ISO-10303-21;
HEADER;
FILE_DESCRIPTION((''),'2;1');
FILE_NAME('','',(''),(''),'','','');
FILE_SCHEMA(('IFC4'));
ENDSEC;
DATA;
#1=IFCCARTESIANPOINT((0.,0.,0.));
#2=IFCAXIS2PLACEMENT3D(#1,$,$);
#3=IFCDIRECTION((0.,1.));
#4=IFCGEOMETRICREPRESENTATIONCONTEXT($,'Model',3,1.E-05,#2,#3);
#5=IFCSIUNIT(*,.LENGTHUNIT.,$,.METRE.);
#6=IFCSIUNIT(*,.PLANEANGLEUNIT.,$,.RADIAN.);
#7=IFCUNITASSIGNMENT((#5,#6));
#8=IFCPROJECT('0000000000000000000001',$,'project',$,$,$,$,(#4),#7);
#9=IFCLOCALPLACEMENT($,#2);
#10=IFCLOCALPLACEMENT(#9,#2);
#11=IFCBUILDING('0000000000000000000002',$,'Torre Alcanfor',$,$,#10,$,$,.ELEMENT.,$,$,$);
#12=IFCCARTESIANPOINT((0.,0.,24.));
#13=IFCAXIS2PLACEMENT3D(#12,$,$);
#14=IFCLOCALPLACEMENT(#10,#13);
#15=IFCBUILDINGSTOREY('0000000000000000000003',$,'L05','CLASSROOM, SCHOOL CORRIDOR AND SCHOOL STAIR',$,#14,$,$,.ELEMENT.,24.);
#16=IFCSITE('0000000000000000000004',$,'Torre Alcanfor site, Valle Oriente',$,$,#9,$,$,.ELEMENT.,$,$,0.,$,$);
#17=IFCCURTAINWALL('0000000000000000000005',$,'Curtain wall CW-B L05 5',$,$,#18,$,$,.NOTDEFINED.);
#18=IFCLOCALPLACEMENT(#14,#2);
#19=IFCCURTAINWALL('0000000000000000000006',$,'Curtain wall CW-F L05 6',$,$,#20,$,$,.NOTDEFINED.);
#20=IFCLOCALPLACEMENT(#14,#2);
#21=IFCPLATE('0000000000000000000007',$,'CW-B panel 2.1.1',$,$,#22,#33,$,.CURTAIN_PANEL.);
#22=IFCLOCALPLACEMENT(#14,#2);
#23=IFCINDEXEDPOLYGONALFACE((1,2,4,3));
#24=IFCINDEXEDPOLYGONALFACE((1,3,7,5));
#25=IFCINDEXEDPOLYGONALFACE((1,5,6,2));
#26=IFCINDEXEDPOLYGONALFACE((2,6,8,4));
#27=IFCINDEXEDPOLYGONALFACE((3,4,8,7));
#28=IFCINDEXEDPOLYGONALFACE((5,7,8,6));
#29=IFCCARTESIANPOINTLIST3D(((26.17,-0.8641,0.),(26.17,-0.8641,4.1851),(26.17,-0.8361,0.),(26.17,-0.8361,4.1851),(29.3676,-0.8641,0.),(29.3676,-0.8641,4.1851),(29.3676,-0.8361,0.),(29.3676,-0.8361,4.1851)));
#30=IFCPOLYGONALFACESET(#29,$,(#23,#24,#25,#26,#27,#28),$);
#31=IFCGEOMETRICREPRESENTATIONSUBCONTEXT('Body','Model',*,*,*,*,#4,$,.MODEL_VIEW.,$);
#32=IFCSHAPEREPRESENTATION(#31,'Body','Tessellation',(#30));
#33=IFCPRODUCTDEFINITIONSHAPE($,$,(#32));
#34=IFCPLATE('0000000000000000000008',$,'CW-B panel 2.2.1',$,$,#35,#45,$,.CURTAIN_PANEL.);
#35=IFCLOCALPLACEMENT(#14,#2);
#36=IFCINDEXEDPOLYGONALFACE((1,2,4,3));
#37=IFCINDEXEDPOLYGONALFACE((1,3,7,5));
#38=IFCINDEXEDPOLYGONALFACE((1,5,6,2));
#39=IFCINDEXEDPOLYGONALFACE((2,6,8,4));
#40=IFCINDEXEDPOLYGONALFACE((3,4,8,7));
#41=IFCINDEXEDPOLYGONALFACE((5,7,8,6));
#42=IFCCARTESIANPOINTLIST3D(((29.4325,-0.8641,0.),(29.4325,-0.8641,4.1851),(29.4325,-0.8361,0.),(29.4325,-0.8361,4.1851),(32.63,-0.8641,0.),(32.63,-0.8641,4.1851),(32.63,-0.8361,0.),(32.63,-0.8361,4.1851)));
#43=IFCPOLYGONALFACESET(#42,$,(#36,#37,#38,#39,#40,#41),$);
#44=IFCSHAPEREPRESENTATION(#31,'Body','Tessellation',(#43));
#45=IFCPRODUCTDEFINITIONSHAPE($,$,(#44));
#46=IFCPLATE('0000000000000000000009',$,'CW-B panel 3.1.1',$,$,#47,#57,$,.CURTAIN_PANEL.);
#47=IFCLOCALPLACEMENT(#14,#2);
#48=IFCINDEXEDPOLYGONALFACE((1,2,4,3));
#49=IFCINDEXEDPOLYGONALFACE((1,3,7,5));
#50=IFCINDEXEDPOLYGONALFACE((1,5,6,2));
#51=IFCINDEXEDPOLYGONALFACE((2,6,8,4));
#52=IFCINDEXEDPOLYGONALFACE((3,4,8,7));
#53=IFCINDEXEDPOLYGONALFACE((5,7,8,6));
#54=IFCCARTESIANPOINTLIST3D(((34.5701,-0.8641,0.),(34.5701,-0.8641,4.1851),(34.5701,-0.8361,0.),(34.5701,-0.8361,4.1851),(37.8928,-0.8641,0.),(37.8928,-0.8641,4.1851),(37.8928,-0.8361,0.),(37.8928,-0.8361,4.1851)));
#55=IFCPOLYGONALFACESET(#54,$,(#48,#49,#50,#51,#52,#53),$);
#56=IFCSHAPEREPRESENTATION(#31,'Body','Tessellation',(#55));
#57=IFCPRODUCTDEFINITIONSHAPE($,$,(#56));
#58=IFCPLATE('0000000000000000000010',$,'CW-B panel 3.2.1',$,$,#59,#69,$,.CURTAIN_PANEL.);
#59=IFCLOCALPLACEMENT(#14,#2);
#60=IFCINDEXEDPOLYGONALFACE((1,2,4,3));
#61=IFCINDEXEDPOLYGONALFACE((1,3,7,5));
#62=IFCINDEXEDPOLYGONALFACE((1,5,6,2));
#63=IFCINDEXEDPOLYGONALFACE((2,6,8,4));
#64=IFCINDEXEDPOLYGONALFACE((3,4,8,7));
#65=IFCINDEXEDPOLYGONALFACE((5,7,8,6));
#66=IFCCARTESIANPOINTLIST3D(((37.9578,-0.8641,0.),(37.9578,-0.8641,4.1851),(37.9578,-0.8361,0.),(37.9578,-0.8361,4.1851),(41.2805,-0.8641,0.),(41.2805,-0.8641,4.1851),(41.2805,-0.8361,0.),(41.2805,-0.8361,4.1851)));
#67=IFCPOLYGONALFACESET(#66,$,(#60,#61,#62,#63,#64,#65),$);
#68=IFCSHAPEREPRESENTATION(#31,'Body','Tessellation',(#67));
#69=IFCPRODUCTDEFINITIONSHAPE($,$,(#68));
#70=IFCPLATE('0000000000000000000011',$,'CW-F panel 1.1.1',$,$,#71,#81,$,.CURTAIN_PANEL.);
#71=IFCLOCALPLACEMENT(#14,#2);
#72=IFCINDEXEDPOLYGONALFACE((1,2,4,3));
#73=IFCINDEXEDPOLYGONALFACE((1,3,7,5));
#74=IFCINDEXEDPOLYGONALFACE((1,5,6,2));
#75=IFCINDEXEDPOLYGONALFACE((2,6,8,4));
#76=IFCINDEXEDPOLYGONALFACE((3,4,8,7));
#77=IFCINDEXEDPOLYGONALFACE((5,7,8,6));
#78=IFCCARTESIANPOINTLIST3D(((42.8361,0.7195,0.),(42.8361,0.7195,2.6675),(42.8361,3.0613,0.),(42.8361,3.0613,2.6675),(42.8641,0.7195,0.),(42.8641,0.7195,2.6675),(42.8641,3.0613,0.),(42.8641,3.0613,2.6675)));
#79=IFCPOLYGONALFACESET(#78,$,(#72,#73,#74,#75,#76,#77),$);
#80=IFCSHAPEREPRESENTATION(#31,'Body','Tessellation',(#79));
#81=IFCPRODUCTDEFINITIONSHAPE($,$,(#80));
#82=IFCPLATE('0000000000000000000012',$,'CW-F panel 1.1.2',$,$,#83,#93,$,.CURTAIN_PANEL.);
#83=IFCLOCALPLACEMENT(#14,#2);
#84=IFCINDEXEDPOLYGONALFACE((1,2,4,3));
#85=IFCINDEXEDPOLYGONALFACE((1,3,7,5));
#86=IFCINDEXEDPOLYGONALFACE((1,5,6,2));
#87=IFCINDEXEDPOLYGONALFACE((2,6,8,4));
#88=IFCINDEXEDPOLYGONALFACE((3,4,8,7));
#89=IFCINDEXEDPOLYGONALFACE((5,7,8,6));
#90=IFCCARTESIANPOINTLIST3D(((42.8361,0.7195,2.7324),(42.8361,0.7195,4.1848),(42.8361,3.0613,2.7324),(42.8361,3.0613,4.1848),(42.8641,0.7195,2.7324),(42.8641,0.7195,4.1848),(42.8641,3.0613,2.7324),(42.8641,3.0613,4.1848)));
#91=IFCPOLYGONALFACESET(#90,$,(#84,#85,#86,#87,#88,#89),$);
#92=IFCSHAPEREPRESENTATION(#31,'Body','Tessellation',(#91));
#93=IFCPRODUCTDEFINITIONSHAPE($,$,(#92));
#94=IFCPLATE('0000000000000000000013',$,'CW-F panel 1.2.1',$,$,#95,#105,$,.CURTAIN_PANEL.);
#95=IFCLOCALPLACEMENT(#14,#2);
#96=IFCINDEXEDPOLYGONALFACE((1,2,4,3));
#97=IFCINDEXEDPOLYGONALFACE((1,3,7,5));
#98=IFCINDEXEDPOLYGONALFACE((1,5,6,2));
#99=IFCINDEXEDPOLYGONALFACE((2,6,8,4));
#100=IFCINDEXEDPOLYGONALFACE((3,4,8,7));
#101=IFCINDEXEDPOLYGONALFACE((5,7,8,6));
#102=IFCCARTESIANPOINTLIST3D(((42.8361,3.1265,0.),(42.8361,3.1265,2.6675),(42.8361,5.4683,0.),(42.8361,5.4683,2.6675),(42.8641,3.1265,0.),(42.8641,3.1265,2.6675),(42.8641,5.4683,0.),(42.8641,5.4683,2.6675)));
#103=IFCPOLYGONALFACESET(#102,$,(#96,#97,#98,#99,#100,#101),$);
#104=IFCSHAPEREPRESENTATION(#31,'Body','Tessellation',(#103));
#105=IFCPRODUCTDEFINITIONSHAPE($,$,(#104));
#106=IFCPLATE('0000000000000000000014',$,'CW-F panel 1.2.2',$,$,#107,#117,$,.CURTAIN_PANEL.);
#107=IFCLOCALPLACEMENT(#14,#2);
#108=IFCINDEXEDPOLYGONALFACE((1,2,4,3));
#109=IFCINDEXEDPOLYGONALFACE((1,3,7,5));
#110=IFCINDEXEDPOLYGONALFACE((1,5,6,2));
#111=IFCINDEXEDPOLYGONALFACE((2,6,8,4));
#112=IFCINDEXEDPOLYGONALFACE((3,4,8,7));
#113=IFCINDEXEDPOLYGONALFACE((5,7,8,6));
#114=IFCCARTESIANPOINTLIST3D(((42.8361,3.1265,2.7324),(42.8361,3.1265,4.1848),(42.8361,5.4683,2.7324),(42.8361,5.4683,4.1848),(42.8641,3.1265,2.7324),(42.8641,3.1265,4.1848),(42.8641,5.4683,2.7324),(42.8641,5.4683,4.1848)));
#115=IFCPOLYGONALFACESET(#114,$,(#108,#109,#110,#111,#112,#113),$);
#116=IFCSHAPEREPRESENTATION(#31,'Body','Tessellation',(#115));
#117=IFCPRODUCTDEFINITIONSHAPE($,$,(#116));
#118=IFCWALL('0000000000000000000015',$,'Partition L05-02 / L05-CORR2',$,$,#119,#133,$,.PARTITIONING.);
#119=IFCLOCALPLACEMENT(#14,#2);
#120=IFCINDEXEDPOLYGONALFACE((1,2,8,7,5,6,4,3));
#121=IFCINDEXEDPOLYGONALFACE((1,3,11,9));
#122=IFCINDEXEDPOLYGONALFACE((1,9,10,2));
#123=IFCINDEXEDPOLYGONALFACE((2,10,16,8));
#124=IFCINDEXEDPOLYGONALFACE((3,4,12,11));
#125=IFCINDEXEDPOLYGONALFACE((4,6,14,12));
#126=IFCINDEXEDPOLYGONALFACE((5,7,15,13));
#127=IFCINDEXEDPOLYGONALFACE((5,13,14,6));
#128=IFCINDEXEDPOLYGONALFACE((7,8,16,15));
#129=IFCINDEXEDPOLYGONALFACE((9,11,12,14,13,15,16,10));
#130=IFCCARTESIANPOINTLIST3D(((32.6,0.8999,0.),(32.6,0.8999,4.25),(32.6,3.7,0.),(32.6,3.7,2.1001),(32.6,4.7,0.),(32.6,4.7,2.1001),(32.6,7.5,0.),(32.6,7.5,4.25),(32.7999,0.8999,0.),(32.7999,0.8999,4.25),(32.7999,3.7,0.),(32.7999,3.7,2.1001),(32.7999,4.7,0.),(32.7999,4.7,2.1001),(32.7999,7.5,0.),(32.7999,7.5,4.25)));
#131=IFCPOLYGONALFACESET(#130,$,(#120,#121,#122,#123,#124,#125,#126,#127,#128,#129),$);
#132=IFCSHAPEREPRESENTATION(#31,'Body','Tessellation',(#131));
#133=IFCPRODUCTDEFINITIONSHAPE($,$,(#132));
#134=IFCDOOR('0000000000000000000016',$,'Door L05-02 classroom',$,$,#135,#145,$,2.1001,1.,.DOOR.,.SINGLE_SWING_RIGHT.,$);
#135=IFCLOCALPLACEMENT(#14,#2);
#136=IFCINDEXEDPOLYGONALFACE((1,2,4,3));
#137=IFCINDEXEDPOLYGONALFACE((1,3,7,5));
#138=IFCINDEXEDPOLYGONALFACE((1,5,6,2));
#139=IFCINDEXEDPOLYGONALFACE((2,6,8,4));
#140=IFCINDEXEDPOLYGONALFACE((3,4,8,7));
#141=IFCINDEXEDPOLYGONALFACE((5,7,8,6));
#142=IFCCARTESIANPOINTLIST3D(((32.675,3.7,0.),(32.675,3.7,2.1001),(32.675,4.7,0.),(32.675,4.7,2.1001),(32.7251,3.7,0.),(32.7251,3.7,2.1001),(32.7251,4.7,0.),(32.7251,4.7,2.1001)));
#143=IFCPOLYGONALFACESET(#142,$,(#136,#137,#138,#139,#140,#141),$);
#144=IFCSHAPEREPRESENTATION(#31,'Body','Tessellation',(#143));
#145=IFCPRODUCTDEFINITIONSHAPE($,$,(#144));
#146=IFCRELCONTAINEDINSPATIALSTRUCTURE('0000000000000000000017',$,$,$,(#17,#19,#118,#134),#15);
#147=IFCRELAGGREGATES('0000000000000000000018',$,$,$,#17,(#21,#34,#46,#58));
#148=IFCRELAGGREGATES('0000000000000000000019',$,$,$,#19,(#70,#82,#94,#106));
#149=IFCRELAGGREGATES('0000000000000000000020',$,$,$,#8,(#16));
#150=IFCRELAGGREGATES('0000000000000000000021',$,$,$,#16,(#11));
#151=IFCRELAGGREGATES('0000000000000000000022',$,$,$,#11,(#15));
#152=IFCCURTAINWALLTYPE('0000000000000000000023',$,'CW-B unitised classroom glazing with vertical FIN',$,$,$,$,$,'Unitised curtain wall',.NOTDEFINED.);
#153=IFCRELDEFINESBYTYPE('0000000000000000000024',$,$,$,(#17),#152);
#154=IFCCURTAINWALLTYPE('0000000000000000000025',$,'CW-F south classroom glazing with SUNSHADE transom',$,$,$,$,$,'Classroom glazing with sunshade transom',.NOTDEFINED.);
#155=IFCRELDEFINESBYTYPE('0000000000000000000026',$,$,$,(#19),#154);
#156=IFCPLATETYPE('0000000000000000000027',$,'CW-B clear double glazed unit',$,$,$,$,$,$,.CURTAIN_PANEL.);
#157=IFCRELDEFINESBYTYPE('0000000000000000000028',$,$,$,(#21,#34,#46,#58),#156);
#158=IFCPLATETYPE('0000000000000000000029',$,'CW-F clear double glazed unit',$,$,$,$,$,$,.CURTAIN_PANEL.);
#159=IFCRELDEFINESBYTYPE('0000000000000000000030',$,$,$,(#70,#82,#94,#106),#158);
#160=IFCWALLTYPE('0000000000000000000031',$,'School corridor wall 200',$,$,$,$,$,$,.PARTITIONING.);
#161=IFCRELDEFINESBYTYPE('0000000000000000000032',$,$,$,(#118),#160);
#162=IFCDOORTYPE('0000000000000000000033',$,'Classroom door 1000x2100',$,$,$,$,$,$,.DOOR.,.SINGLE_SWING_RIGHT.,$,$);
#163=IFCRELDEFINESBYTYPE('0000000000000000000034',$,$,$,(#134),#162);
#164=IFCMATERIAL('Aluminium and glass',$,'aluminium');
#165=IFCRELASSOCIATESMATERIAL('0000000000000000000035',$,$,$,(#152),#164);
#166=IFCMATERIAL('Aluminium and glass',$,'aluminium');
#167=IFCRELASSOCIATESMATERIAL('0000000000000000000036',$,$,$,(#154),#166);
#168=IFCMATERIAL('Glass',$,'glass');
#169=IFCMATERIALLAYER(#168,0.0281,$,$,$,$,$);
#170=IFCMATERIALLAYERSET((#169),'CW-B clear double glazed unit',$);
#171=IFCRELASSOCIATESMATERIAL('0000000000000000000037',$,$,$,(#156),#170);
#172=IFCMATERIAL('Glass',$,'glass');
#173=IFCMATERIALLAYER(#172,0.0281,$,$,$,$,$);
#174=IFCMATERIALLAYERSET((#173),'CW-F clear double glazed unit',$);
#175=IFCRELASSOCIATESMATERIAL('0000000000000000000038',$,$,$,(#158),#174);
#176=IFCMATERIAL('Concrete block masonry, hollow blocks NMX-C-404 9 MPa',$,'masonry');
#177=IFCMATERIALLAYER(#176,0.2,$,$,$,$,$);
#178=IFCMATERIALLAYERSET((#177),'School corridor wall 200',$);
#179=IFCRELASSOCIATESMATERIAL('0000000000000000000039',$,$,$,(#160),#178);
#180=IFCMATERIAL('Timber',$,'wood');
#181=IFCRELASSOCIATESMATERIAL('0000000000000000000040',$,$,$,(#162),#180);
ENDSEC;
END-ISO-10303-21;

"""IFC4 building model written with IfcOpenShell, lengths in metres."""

from ifc_helpers import new_model, si_unit, direction, frame, frame_2d, origin, origin_2d, place, context, subcontext, project, spatial, rectangle, extrude, material, layer, layer_set, type_object, element, fill, aggregate, save


model = new_model("IFC4")

# Units and contexts
model_context = context("Model", 3, precision=1e-05, world=origin(), true_north=direction((0.0, 1.0)))
body_context = subcontext(model_context, "Body", "Model", "MODEL_VIEW")
ifc_project = project(units=[si_unit("LENGTHUNIT", "METRE"), si_unit("PLANEANGLEUNIT", "RADIAN")], contexts=[model_context])

# Site, building, storey
site_placement = place(None, origin())
site = spatial("IfcSite", under=ifc_project, at=site_placement, Name="Torre Alcanfor site, Valle Oriente", CompositionType="ELEMENT", RefElevation=0.0)
building_placement = place(site_placement, origin())
building = spatial("IfcBuilding", under=site, at=building_placement, Name="Torre Alcanfor", CompositionType="ELEMENT")
storey_placement = place(building_placement, frame((0.0, 0.0, 24.0)))
storey = spatial("IfcBuildingStorey", under=building, at=storey_placement, Name="L05", Description="CLASSROOM, SCHOOL CORRIDOR AND SCHOOL STAIR", CompositionType="ELEMENT", Elevation=24.0)

# Curtain walls
ifc_material_1 = material(Name="Aluminium and glass", Category="aluminium")
curtain_wall_type_1 = type_object("IfcCurtainWallType", Name="CW-B unitised classroom glazing with vertical FIN", ElementType="Unitised curtain wall", PredefinedType="NOTDEFINED", material=ifc_material_1)
curtain_wall_1_placement = place(storey_placement, origin())
curtain_wall_1 = element("IfcCurtainWall", 1, at=curtain_wall_1_placement, inside=storey, type_object=curtain_wall_type_1, Name="Curtain wall CW-B L05 5", PredefinedType="NOTDEFINED")
ifc_material_2 = material(Name="Aluminium and glass", Category="aluminium")
curtain_wall_type_2 = type_object("IfcCurtainWallType", Name="CW-F south classroom glazing with SUNSHADE transom", ElementType="Classroom glazing with sunshade transom", PredefinedType="NOTDEFINED", material=ifc_material_2)
curtain_wall_2_placement = place(storey_placement, origin())
curtain_wall_2 = element("IfcCurtainWall", 2, at=curtain_wall_2_placement, inside=storey, type_object=curtain_wall_type_2, Name="Curtain wall CW-F L05 6", PredefinedType="NOTDEFINED")

# Plates
ifc_material_3 = material(Name="Glass", Category="glass")
ifc_layer_1 = layer(ifc_material_3, 0.0281)
ifc_layer_set_1 = layer_set([ifc_layer_1], Name="CW-B clear double glazed unit")
plate_type_1 = type_object("IfcPlateType", Name="CW-B clear double glazed unit", PredefinedType="CURTAIN_PANEL", material=ifc_layer_set_1)
plate_1_placement = place(storey_placement, frame((27.7688, -0.8501, 0.0), z_axis=(0.0, 0.0, 1.0), x_axis=(1.0, 0.0, 0.0)))
plate_1 = element("IfcPlate", 3, at=plate_1_placement, type_object=plate_type_1, Name="CW-B panel 2.1.1", PredefinedType="CURTAIN_PANEL", context=body_context, shape_type="SweptSolid", body=[
    extrude(rectangle(XDim=3.1975, YDim=0.0281, at=origin_2d()), origin(), (0.0, 0.0, 1.0), 4.1851),
])
plate_2_placement = place(storey_placement, frame((31.0312, -0.8501, 0.0), z_axis=(0.0, 0.0, 1.0), x_axis=(1.0, 0.0, 0.0)))
plate_2 = element("IfcPlate", 4, at=plate_2_placement, type_object=plate_type_1, Name="CW-B panel 2.2.1", PredefinedType="CURTAIN_PANEL", context=body_context, shape_type="SweptSolid", body=[
    extrude(rectangle(XDim=3.1975, YDim=0.0281, at=origin_2d()), origin(), (0.0, 0.0, 1.0), 4.1851),
])
plate_3_placement = place(storey_placement, frame((36.2314, -0.8501, 0.0), z_axis=(0.0, 0.0, 1.0), x_axis=(1.0, 0.0, 0.0)))
plate_3 = element("IfcPlate", 5, at=plate_3_placement, type_object=plate_type_1, Name="CW-B panel 3.1.1", PredefinedType="CURTAIN_PANEL", context=body_context, shape_type="SweptSolid", body=[
    extrude(rectangle(XDim=3.3228, YDim=0.0281, at=origin_2d()), origin(), (0.0, 0.0, 1.0), 4.1851),
])
plate_4_placement = place(storey_placement, frame((39.6191, -0.8501, 0.0), z_axis=(0.0, 0.0, 1.0), x_axis=(1.0, 0.0, 0.0)))
plate_4 = element("IfcPlate", 6, at=plate_4_placement, type_object=plate_type_1, Name="CW-B panel 3.2.1", PredefinedType="CURTAIN_PANEL", context=body_context, shape_type="SweptSolid", body=[
    extrude(rectangle(XDim=3.3228, YDim=0.0281, at=origin_2d()), origin(), (0.0, 0.0, 1.0), 4.1851),
])
aggregate(curtain_wall_1, [plate_1, plate_2, plate_3, plate_4])
ifc_material_4 = material(Name="Glass", Category="glass")
ifc_layer_2 = layer(ifc_material_4, 0.0281)
ifc_layer_set_2 = layer_set([ifc_layer_2], Name="CW-F clear double glazed unit")
plate_type_2 = type_object("IfcPlateType", Name="CW-F clear double glazed unit", PredefinedType="CURTAIN_PANEL", material=ifc_layer_set_2)
plate_5_placement = place(storey_placement, frame((42.8501, 1.8904, 0.0), z_axis=(0.0, 0.0, 1.0), x_axis=(0.0, 1.0, 0.0)))
plate_5 = element("IfcPlate", 7, at=plate_5_placement, type_object=plate_type_2, Name="CW-F panel 1.1.1", PredefinedType="CURTAIN_PANEL", context=body_context, shape_type="SweptSolid", body=[
    extrude(rectangle(XDim=2.3418, YDim=0.0281, at=origin_2d()), origin(), (0.0, 0.0, 1.0), 2.6675),
])
plate_6_placement = place(storey_placement, frame((42.8501, 1.8904, 2.7324), z_axis=(0.0, 0.0, 1.0), x_axis=(0.0, 1.0, 0.0)))
plate_6 = element("IfcPlate", 8, at=plate_6_placement, type_object=plate_type_2, Name="CW-F panel 1.1.2", PredefinedType="CURTAIN_PANEL", context=body_context, shape_type="SweptSolid", body=[
    extrude(rectangle(XDim=2.3418, YDim=0.0281, at=origin_2d()), origin(), (0.0, 0.0, 1.0), 1.4524),
])
plate_7_placement = place(storey_placement, frame((42.8501, 4.2974, 0.0), z_axis=(0.0, 0.0, 1.0), x_axis=(0.0, 1.0, 0.0)))
plate_7 = element("IfcPlate", 9, at=plate_7_placement, type_object=plate_type_2, Name="CW-F panel 1.2.1", PredefinedType="CURTAIN_PANEL", context=body_context, shape_type="SweptSolid", body=[
    extrude(rectangle(XDim=2.3418, YDim=0.0281, at=origin_2d()), origin(), (0.0, 0.0, 1.0), 2.6675),
])
plate_8_placement = place(storey_placement, frame((42.8501, 4.2974, 2.7324), z_axis=(0.0, 0.0, 1.0), x_axis=(0.0, 1.0, 0.0)))
plate_8 = element("IfcPlate", 10, at=plate_8_placement, type_object=plate_type_2, Name="CW-F panel 1.2.2", PredefinedType="CURTAIN_PANEL", context=body_context, shape_type="SweptSolid", body=[
    extrude(rectangle(XDim=2.3418, YDim=0.0281, at=origin_2d()), origin(), (0.0, 0.0, 1.0), 1.4524),
])
aggregate(curtain_wall_2, [plate_5, plate_6, plate_7, plate_8])

# Wall, opening, door
ifc_material_5 = material(Name="Concrete block masonry, hollow blocks NMX-C-404 9 MPa", Category="masonry")
ifc_layer_3 = layer(ifc_material_5, 0.2)
ifc_layer_set_3 = layer_set([ifc_layer_3], Name="School corridor wall 200")
wall_type_1 = type_object("IfcWallType", Name="School corridor wall 200", PredefinedType="PARTITIONING", material=ifc_layer_set_3)
wall_1_placement = place(storey_placement, frame((32.7, 0.8999, 0.0), z_axis=(0.0, 0.0, 1.0), x_axis=(0.0, 1.0, 0.0)))
wall_1 = element("IfcWall", 11, at=wall_1_placement, inside=storey, type_object=wall_type_1, Name="Partition L05-02 / L05-CORR2", PredefinedType="PARTITIONING", context=body_context, shape_type="SweptSolid", body=[
    extrude(rectangle(XDim=6.6001, YDim=0.2, at=frame_2d((3.3, 0.0))), origin(), (0.0, 0.0, 1.0), 4.25),
])
opening_1_placement = place(wall_1_placement, frame((2.8, 0.0, 0.0)))
opening_1 = element("IfcOpeningElement", 12, at=opening_1_placement, cuts=wall_1, PredefinedType="OPENING", context=body_context, shape_type="SweptSolid", body=[
    extrude(rectangle(XDim=1.0, YDim=2.1001, at=frame_2d((0.5, 1.05))), frame((0.0, 0.1099, 0.0), z_axis=(0.0, -1.0, 0.0), x_axis=(1.0, 0.0, 0.0)), (0.0, 0.0, 1.0), 0.22),
])
ifc_material_6 = material(Name="Timber", Category="wood")
door_type_1 = type_object("IfcDoorType", Name="Classroom door 1000x2100", OperationType="SINGLE_SWING_RIGHT", PredefinedType="DOOR", material=ifc_material_6)
door_1_placement = place(opening_1_placement, frame((1.0, 0.0, 0.0), z_axis=(0.0, 0.0, 1.0), x_axis=(-1.0, 0.0, 0.0)))
door_1 = element("IfcDoor", 13, at=door_1_placement, inside=storey, type_object=door_type_1, Name="Door L05-02 classroom", OperationType="SINGLE_SWING_RIGHT", OverallHeight=2.1001, OverallWidth=1.0, PredefinedType="DOOR", context=body_context, shape_type="SweptSolid", body=[
    extrude(rectangle(XDim=1.0, YDim=2.1001, at=frame_2d((0.5, 1.05))), frame((0.0, 0.0251, 0.0), z_axis=(0.0, -1.0, 0.0), x_axis=(1.0, 0.0, 0.0)), (0.0, 0.0, 1.0), 0.05),
])
fill(opening_1, door_1)

save(model, "model.ifc")
